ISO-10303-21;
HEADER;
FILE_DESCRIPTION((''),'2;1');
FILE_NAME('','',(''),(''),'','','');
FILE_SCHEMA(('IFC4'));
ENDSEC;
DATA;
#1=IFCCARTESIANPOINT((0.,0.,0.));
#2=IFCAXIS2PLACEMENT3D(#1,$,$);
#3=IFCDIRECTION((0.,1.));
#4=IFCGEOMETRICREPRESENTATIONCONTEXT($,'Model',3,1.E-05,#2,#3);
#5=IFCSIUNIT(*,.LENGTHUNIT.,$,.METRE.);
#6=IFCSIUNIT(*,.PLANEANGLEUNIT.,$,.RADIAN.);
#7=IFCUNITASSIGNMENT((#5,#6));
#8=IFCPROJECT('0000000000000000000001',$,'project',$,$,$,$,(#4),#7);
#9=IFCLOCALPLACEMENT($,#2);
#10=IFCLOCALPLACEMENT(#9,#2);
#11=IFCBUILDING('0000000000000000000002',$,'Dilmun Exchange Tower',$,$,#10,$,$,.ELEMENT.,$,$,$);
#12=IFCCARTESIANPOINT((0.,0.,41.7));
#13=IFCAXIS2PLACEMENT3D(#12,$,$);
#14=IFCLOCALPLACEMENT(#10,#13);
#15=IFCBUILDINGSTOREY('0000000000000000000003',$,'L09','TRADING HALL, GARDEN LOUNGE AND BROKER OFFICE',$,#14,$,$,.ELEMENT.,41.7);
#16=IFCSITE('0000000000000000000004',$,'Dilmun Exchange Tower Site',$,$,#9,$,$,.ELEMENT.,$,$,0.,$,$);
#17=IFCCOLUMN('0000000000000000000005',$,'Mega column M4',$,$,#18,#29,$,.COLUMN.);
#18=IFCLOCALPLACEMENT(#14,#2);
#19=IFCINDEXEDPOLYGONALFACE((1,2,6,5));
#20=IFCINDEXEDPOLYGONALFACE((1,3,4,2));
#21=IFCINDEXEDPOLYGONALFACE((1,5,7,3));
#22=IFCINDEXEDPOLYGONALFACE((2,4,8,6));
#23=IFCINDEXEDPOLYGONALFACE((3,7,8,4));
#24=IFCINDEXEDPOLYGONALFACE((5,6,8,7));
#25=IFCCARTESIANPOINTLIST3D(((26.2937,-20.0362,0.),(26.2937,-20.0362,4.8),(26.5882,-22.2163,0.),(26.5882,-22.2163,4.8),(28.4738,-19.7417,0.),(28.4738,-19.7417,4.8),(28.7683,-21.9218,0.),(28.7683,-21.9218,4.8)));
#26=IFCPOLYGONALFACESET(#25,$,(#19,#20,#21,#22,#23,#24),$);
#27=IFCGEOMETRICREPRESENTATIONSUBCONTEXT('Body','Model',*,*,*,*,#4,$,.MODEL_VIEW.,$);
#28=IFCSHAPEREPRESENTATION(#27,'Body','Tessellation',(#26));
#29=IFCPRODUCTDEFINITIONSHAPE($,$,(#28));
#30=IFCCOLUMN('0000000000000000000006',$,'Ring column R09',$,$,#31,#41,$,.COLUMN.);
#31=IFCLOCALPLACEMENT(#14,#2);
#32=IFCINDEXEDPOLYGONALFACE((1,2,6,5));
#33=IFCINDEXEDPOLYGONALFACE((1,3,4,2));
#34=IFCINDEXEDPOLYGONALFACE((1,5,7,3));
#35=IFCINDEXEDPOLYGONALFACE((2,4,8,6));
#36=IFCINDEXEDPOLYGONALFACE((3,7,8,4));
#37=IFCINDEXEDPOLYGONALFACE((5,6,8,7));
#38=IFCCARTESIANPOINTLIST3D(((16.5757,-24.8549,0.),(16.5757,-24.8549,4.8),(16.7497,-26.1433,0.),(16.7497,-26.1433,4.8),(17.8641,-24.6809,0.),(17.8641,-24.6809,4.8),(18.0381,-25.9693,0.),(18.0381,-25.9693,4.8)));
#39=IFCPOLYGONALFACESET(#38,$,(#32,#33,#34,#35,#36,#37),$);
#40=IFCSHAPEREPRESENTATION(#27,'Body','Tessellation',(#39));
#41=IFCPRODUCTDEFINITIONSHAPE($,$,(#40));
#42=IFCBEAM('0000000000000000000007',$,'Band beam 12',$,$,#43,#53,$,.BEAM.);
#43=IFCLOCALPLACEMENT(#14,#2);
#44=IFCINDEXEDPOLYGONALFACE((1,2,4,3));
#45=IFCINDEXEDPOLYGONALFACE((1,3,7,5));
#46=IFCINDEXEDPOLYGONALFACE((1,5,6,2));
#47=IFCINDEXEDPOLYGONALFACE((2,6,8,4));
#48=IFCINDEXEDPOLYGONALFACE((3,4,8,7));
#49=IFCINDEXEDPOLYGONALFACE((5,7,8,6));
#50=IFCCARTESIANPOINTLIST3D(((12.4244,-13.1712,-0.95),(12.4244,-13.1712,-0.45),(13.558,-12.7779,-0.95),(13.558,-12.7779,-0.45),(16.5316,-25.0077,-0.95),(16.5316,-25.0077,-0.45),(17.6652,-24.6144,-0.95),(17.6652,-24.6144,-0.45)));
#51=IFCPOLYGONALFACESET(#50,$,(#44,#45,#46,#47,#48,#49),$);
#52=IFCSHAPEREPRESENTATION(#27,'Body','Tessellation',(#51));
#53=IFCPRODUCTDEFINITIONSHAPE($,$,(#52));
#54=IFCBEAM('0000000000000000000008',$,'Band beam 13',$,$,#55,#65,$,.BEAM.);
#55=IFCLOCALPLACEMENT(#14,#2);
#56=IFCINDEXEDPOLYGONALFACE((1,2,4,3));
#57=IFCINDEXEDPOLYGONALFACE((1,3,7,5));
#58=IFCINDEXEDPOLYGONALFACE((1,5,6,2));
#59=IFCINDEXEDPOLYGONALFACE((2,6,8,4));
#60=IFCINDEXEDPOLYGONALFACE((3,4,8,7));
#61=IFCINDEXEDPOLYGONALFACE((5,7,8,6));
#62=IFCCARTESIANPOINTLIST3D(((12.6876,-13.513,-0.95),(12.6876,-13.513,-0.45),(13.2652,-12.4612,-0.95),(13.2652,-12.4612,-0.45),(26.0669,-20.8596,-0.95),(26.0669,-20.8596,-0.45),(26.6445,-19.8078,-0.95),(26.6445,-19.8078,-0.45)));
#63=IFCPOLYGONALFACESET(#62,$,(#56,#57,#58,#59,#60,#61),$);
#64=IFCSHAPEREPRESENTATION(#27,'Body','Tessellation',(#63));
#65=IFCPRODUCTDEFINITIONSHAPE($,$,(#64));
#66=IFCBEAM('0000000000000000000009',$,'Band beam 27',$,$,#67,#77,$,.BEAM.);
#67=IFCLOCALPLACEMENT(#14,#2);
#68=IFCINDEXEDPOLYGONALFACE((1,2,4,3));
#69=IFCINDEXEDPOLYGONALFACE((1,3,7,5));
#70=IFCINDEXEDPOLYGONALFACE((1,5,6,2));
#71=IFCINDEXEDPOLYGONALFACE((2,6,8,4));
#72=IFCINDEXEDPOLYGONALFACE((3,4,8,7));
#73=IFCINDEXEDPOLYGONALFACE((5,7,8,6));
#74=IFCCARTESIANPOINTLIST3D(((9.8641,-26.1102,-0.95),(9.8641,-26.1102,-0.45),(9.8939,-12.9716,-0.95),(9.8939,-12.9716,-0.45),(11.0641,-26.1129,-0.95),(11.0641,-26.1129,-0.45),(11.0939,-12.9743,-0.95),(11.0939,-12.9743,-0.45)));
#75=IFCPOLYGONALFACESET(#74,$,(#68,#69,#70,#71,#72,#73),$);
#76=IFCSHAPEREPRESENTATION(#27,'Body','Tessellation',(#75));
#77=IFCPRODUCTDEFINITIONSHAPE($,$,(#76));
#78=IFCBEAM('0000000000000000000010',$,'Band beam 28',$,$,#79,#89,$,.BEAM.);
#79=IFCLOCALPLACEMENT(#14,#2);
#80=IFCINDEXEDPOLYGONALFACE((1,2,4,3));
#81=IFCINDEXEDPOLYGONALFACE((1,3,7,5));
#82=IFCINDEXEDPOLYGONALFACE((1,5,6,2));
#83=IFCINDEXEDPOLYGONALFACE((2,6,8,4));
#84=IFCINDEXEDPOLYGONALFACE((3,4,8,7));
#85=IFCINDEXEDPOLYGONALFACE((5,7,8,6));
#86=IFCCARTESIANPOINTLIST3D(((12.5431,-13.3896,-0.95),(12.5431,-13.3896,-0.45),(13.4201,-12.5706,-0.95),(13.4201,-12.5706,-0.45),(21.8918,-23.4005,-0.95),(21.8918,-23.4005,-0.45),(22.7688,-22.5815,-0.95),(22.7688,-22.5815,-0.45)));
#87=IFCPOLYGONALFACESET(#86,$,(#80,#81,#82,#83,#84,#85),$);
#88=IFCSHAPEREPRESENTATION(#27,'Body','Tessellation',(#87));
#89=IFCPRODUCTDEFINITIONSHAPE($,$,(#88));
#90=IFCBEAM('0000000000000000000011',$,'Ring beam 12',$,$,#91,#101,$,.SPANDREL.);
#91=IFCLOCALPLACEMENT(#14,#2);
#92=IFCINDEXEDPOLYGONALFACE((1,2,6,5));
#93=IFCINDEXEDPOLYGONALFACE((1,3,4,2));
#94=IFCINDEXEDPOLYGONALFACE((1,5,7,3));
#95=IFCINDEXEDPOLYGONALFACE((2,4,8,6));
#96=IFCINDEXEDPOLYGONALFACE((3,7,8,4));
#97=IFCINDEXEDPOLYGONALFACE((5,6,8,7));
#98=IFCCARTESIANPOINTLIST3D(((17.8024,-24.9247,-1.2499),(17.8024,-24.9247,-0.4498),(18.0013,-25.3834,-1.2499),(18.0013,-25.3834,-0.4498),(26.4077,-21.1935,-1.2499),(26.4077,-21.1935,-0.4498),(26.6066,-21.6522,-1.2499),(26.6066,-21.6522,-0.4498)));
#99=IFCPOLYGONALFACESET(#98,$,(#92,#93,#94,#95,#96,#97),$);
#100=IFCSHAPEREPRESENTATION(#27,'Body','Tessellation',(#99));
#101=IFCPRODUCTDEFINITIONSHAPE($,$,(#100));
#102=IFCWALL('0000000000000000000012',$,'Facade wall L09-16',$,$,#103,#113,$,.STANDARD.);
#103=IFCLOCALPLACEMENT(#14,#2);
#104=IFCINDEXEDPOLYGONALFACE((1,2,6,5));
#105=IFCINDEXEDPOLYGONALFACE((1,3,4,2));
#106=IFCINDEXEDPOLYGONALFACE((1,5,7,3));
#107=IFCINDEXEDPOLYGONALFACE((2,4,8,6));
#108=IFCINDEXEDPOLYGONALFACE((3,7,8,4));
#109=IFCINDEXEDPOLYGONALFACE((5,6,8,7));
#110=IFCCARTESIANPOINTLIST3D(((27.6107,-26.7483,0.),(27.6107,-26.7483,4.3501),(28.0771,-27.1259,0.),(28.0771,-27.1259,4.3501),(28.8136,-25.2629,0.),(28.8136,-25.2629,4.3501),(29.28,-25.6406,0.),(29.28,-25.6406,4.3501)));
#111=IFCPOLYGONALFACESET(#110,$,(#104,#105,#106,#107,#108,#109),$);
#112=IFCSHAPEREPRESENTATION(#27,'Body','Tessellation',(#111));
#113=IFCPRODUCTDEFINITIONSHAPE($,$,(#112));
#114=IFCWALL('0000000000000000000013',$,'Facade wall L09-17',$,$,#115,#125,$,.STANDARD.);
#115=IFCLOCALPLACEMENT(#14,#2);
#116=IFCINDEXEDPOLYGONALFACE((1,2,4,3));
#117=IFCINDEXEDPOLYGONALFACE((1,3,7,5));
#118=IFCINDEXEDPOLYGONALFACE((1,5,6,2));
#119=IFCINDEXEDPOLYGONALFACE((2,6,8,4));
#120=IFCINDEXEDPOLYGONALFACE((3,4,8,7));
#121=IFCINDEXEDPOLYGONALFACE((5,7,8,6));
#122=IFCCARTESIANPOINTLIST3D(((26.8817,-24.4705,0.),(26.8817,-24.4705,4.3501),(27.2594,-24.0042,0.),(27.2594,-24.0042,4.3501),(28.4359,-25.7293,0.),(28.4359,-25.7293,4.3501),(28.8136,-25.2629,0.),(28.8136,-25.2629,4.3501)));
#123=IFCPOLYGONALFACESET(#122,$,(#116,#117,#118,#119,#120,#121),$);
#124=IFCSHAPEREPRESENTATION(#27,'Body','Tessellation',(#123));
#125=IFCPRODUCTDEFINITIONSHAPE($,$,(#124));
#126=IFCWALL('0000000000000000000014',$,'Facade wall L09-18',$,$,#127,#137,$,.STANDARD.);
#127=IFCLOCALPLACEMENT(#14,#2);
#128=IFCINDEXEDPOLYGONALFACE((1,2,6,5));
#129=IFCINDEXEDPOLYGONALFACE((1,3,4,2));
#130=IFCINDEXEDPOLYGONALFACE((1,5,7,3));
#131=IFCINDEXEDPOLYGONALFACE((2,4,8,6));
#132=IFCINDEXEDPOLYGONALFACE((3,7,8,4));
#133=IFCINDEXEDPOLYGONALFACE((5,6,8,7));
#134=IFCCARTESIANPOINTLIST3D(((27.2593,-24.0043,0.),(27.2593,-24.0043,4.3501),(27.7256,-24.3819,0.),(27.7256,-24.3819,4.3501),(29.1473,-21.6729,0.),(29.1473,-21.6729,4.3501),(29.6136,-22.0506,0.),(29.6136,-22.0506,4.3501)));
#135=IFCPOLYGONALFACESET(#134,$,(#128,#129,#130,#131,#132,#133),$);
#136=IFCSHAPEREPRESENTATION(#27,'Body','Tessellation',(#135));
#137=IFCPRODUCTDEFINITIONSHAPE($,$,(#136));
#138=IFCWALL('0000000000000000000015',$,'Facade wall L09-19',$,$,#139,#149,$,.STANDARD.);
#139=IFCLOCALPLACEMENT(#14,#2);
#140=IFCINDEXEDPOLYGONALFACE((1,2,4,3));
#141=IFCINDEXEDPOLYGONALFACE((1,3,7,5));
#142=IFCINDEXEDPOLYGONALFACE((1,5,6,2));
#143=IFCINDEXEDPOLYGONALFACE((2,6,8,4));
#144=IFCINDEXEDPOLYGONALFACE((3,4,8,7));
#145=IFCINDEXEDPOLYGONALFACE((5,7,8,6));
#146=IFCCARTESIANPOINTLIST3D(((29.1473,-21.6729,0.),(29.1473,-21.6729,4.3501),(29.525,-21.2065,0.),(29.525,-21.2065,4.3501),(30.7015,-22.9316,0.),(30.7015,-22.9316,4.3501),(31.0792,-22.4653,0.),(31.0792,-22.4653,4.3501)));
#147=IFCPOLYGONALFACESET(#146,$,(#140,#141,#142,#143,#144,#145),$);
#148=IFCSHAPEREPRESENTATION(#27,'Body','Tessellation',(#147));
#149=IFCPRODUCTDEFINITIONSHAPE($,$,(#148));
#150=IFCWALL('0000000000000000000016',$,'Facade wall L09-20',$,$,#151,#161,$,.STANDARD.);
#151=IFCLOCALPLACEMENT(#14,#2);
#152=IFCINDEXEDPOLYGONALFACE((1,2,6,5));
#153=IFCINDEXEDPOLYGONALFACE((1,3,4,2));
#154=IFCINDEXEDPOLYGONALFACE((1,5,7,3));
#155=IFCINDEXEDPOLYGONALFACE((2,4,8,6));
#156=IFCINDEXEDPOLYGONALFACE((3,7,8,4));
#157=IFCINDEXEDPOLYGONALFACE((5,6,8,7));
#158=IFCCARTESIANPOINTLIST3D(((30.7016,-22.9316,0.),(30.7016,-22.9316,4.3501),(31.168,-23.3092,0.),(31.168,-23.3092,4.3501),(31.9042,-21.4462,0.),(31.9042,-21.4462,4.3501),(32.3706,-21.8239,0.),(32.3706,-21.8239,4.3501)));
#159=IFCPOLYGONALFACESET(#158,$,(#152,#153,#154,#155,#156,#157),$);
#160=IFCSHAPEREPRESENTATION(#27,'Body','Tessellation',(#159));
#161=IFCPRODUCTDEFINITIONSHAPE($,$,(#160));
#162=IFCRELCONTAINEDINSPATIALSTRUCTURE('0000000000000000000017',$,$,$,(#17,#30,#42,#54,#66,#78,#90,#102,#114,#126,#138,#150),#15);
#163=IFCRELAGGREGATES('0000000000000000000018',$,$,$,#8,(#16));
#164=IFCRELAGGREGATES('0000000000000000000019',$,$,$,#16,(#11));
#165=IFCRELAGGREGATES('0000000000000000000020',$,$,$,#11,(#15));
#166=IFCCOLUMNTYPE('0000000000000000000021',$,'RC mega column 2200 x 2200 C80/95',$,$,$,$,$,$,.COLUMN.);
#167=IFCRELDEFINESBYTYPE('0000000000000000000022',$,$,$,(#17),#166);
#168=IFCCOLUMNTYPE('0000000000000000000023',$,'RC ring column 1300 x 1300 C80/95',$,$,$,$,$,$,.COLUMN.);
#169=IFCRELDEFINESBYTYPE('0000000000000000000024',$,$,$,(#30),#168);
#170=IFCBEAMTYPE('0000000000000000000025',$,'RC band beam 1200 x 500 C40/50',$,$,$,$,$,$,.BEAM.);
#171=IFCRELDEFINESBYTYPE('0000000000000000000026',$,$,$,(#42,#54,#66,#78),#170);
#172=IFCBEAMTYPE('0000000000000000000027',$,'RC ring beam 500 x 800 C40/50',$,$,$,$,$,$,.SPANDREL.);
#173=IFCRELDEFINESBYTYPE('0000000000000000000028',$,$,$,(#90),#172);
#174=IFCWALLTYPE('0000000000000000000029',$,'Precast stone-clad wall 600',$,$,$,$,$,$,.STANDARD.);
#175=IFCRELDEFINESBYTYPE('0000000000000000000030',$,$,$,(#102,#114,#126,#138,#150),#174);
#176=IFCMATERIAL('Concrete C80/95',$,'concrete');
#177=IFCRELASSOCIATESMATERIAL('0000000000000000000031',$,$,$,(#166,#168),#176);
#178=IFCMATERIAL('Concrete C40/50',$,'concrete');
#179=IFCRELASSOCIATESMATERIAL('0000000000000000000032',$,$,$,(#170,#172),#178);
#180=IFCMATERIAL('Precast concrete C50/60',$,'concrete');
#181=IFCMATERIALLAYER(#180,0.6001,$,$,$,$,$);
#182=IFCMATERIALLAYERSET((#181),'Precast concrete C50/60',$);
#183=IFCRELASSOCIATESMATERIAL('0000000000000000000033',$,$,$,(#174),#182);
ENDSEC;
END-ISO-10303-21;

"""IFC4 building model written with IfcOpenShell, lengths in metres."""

from ifc_helpers import new_model, si_unit, direction, frame, frame_2d, origin, origin_2d, place, context, subcontext, project, spatial, rectangle, extrude, material, layer, layer_set, material_profile, profile_set, type_object, element, save


model = new_model("IFC4")

# Units and contexts
model_context = context("Model", 3, precision=1e-05, world=origin(), true_north=direction((0.0, 1.0)))
body_context = subcontext(model_context, "Body", "Model", "MODEL_VIEW")
ifc_project = project(units=[si_unit("LENGTHUNIT", "METRE"), si_unit("PLANEANGLEUNIT", "RADIAN")], contexts=[model_context])

# Site, building, storey
site_placement = place(None, origin())
site = spatial("IfcSite", under=ifc_project, at=site_placement, Name="Dilmun Exchange Tower Site", CompositionType="ELEMENT", RefElevation=0.0)
building_placement = place(site_placement, origin())
building = spatial("IfcBuilding", under=site, at=building_placement, Name="Dilmun Exchange Tower", CompositionType="ELEMENT")
storey_placement = place(building_placement, frame((0.0, 0.0, 41.7)))
storey = spatial("IfcBuildingStorey", under=building, at=storey_placement, Name="L09", Description="TRADING HALL, GARDEN LOUNGE AND BROKER OFFICE", CompositionType="ELEMENT", Elevation=41.7)

# Columns
ifc_material_1 = material(Name="Concrete C80/95", Category="concrete")
ifc_material_profile_1 = material_profile(ifc_material_1, rectangle(XDim=2.2, YDim=2.2, at=origin_2d()), Name="2200 x 2200")
ifc_profile_set_1 = profile_set([ifc_material_profile_1], Name="Concrete C80/95")
column_type_1 = type_object("IfcColumnType", Name="RC mega column 2200 x 2200 C80/95", PredefinedType="COLUMN", material=ifc_profile_set_1)
column_1_placement = place(storey_placement, frame((27.531, -20.979, 0.0), z_axis=(0.0, 0.0, 1.0), x_axis=(0.991001, 0.133853, 0.0)))
element("IfcColumn", 1, at=column_1_placement, inside=storey, type_object=column_type_1, Name="Mega column M4", PredefinedType="COLUMN", context=body_context, shape_type="SweptSolid", body=[
    extrude(rectangle(XDim=2.2, YDim=2.2, at=origin_2d()), origin(), (0.0, 0.0, 1.0), 4.8),
])
ifc_material_profile_2 = material_profile(ifc_material_1, rectangle(XDim=1.3, YDim=1.3, at=origin_2d()), Name="1300 x 1300")
ifc_profile_set_2 = profile_set([ifc_material_profile_2], Name="Concrete C80/95")
column_type_2 = type_object("IfcColumnType", Name="RC ring column 1300 x 1300 C80/95", PredefinedType="COLUMN", material=ifc_profile_set_2)
column_2_placement = place(storey_placement, frame((17.3069, -25.4121, 0.0), z_axis=(0.0, 0.0, 1.0), x_axis=(0.991001, 0.133853, 0.0)))
element("IfcColumn", 2, at=column_2_placement, inside=storey, type_object=column_type_2, Name="Ring column R09", PredefinedType="COLUMN", context=body_context, shape_type="SweptSolid", body=[
    extrude(rectangle(XDim=1.3, YDim=1.3, at=origin_2d()), origin(), (0.0, 0.0, 1.0), 4.8),
])

# Beams
ifc_material_2 = material(Name="Concrete C40/50", Category="concrete")
ifc_material_profile_3 = material_profile(ifc_material_2, rectangle(XDim=1.2, YDim=0.5, at=origin_2d()), Name="1200 x 500")
ifc_profile_set_3 = profile_set([ifc_material_profile_3], Name="Concrete C40/50")
beam_type_1 = type_object("IfcBeamType", Name="RC band beam 1200 x 500 C40/50", PredefinedType="BEAM", material=ifc_profile_set_3)
beam_1_placement = place(storey_placement, frame((17.0984, -24.811, -0.7), z_axis=(-0.32782, 0.94474, 0.0), x_axis=(-0.94474, -0.32782, 0.0)))
element("IfcBeam", 3, at=beam_1_placement, inside=storey, type_object=beam_type_1, Name="Band beam 12", PredefinedType="BEAM", context=body_context, shape_type="SweptSolid", body=[
    extrude(rectangle(XDim=1.2, YDim=0.5, at=origin_2d()), origin(), (0.0, 0.0, 1.0), 12.5288),
])
beam_2_placement = place(storey_placement, frame((26.3557, -20.3337, -0.7), z_axis=(-0.876547, 0.481316, 0.0), x_axis=(-0.481316, -0.876547, 0.0)))
element("IfcBeam", 4, at=beam_2_placement, inside=storey, type_object=beam_type_1, Name="Band beam 13", PredefinedType="BEAM", context=body_context, shape_type="SweptSolid", body=[
    extrude(rectangle(XDim=1.2, YDim=0.5, at=origin_2d()), origin(), (0.0, 0.0, 1.0), 15.2637),
])
beam_3_placement = place(storey_placement, frame((10.4641, -26.1116, -0.7), z_axis=(0.002267, 0.999997, 0.0), x_axis=(-0.999997, 0.002267, 0.0)))
element("IfcBeam", 5, at=beam_3_placement, inside=storey, type_object=beam_type_1, Name="Band beam 27", PredefinedType="BEAM", context=body_context, shape_type="SweptSolid", body=[
    extrude(rectangle(XDim=1.2, YDim=0.5, at=origin_2d()), origin(), (0.0, 0.0, 1.0), 13.1387),
])
beam_4_placement = place(storey_placement, frame((22.3303, -22.991, -0.7), z_axis=(-0.682524, 0.730863, 0.0), x_axis=(-0.730863, -0.682524, 0.0)))
element("IfcBeam", 6, at=beam_4_placement, inside=storey, type_object=beam_type_1, Name="Band beam 28", PredefinedType="BEAM", context=body_context, shape_type="SweptSolid", body=[
    extrude(rectangle(XDim=1.2, YDim=0.5, at=origin_2d()), origin(), (0.0, 0.0, 1.0), 13.6973),
])
ifc_material_profile_4 = material_profile(ifc_material_2, rectangle(XDim=0.5, YDim=0.8, at=origin_2d()), Name="500 x 800")
ifc_profile_set_4 = profile_set([ifc_material_profile_4], Name="Concrete C40/50")
beam_type_2 = type_object("IfcBeamType", Name="RC ring beam 500 x 800 C40/50", PredefinedType="SPANDREL", material=ifc_profile_set_4)
beam_5_placement = place(storey_placement, frame((17.9019, -25.1541, -0.8499), z_axis=(0.917467, 0.397811, 0.0), x_axis=(-0.397811, 0.917467, 0.0)))
element("IfcBeam", 7, at=beam_5_placement, inside=storey, type_object=beam_type_2, Name="Ring beam 12", PredefinedType="SPANDREL", context=body_context, shape_type="SweptSolid", body=[
    extrude(rectangle(XDim=0.5, YDim=0.8, at=origin_2d()), origin(), (0.0, 0.0, 1.0), 9.3794),
])

# Walls
ifc_material_3 = material(Name="Precast concrete C50/60", Category="concrete")
ifc_layer = layer(ifc_material_3, 0.6001)
ifc_layer_set = layer_set([ifc_layer], Name="Precast concrete C50/60")
wall_type = type_object("IfcWallType", Name="Precast stone-clad wall 600", PredefinedType="STANDARD", material=ifc_layer_set)
wall_1_placement = place(storey_placement, frame((27.844, -26.937, 0.0), z_axis=(0.0, 0.0, 1.0), x_axis=(0.629342, 0.777129, 0.0)))
element("IfcWall", 8, at=wall_1_placement, inside=storey, type_object=wall_type, Name="Facade wall L09-16", PredefinedType="STANDARD", context=body_context, shape_type="SweptSolid", body=[
    extrude(rectangle(XDim=1.9114, YDim=0.6001, at=frame_2d((0.9556, 0.0))), origin(), (0.0, 0.0, 1.0), 4.3501),
])
wall_2_placement = place(storey_placement, frame((28.6248, -25.4961, 0.0), z_axis=(0.0, 0.0, 1.0), x_axis=(-0.777091, 0.629388, 0.0)))
element("IfcWall", 9, at=wall_2_placement, inside=storey, type_object=wall_type, Name="Facade wall L09-17", PredefinedType="STANDARD", context=body_context, shape_type="SweptSolid", body=[
    extrude(rectangle(XDim=2.0, YDim=0.6001, at=frame_2d((1.0, 0.0))), origin(), (0.0, 0.0, 1.0), 4.3501),
])
wall_3_placement = place(storey_placement, frame((27.4924, -24.1931, 0.0), z_axis=(0.0, 0.0, 1.0), x_axis=(0.629339, 0.777131, 0.0)))
element("IfcWall", 10, at=wall_3_placement, inside=storey, type_object=wall_type, Name="Facade wall L09-18", PredefinedType="STANDARD", context=body_context, shape_type="SweptSolid", body=[
    extrude(rectangle(XDim=3.0, YDim=0.6001, at=frame_2d((1.5, 0.0))), origin(), (0.0, 0.0, 1.0), 4.3501),
])
wall_4_placement = place(storey_placement, frame((29.3362, -21.4397, 0.0), z_axis=(0.0, 0.0, 1.0), x_axis=(0.777091, -0.629388, 0.0)))
element("IfcWall", 11, at=wall_4_placement, inside=storey, type_object=wall_type, Name="Facade wall L09-19", PredefinedType="STANDARD", context=body_context, shape_type="SweptSolid", body=[
    extrude(rectangle(XDim=2.0, YDim=0.6001, at=frame_2d((1.0, 0.0))), origin(), (0.0, 0.0, 1.0), 4.3501),
])
wall_5_placement = place(storey_placement, frame((30.9348, -23.1204, 0.0), z_axis=(0.0, 0.0, 1.0), x_axis=(0.629264, 0.777191, 0.0)))
element("IfcWall", 12, at=wall_5_placement, inside=storey, type_object=wall_type, Name="Facade wall L09-20", PredefinedType="STANDARD", context=body_context, shape_type="SweptSolid", body=[
    extrude(rectangle(XDim=1.9111, YDim=0.6001, at=frame_2d((0.9556, 0.0))), origin(), (0.0, 0.0, 1.0), 4.3501),
])

save(model, "model.ifc")
